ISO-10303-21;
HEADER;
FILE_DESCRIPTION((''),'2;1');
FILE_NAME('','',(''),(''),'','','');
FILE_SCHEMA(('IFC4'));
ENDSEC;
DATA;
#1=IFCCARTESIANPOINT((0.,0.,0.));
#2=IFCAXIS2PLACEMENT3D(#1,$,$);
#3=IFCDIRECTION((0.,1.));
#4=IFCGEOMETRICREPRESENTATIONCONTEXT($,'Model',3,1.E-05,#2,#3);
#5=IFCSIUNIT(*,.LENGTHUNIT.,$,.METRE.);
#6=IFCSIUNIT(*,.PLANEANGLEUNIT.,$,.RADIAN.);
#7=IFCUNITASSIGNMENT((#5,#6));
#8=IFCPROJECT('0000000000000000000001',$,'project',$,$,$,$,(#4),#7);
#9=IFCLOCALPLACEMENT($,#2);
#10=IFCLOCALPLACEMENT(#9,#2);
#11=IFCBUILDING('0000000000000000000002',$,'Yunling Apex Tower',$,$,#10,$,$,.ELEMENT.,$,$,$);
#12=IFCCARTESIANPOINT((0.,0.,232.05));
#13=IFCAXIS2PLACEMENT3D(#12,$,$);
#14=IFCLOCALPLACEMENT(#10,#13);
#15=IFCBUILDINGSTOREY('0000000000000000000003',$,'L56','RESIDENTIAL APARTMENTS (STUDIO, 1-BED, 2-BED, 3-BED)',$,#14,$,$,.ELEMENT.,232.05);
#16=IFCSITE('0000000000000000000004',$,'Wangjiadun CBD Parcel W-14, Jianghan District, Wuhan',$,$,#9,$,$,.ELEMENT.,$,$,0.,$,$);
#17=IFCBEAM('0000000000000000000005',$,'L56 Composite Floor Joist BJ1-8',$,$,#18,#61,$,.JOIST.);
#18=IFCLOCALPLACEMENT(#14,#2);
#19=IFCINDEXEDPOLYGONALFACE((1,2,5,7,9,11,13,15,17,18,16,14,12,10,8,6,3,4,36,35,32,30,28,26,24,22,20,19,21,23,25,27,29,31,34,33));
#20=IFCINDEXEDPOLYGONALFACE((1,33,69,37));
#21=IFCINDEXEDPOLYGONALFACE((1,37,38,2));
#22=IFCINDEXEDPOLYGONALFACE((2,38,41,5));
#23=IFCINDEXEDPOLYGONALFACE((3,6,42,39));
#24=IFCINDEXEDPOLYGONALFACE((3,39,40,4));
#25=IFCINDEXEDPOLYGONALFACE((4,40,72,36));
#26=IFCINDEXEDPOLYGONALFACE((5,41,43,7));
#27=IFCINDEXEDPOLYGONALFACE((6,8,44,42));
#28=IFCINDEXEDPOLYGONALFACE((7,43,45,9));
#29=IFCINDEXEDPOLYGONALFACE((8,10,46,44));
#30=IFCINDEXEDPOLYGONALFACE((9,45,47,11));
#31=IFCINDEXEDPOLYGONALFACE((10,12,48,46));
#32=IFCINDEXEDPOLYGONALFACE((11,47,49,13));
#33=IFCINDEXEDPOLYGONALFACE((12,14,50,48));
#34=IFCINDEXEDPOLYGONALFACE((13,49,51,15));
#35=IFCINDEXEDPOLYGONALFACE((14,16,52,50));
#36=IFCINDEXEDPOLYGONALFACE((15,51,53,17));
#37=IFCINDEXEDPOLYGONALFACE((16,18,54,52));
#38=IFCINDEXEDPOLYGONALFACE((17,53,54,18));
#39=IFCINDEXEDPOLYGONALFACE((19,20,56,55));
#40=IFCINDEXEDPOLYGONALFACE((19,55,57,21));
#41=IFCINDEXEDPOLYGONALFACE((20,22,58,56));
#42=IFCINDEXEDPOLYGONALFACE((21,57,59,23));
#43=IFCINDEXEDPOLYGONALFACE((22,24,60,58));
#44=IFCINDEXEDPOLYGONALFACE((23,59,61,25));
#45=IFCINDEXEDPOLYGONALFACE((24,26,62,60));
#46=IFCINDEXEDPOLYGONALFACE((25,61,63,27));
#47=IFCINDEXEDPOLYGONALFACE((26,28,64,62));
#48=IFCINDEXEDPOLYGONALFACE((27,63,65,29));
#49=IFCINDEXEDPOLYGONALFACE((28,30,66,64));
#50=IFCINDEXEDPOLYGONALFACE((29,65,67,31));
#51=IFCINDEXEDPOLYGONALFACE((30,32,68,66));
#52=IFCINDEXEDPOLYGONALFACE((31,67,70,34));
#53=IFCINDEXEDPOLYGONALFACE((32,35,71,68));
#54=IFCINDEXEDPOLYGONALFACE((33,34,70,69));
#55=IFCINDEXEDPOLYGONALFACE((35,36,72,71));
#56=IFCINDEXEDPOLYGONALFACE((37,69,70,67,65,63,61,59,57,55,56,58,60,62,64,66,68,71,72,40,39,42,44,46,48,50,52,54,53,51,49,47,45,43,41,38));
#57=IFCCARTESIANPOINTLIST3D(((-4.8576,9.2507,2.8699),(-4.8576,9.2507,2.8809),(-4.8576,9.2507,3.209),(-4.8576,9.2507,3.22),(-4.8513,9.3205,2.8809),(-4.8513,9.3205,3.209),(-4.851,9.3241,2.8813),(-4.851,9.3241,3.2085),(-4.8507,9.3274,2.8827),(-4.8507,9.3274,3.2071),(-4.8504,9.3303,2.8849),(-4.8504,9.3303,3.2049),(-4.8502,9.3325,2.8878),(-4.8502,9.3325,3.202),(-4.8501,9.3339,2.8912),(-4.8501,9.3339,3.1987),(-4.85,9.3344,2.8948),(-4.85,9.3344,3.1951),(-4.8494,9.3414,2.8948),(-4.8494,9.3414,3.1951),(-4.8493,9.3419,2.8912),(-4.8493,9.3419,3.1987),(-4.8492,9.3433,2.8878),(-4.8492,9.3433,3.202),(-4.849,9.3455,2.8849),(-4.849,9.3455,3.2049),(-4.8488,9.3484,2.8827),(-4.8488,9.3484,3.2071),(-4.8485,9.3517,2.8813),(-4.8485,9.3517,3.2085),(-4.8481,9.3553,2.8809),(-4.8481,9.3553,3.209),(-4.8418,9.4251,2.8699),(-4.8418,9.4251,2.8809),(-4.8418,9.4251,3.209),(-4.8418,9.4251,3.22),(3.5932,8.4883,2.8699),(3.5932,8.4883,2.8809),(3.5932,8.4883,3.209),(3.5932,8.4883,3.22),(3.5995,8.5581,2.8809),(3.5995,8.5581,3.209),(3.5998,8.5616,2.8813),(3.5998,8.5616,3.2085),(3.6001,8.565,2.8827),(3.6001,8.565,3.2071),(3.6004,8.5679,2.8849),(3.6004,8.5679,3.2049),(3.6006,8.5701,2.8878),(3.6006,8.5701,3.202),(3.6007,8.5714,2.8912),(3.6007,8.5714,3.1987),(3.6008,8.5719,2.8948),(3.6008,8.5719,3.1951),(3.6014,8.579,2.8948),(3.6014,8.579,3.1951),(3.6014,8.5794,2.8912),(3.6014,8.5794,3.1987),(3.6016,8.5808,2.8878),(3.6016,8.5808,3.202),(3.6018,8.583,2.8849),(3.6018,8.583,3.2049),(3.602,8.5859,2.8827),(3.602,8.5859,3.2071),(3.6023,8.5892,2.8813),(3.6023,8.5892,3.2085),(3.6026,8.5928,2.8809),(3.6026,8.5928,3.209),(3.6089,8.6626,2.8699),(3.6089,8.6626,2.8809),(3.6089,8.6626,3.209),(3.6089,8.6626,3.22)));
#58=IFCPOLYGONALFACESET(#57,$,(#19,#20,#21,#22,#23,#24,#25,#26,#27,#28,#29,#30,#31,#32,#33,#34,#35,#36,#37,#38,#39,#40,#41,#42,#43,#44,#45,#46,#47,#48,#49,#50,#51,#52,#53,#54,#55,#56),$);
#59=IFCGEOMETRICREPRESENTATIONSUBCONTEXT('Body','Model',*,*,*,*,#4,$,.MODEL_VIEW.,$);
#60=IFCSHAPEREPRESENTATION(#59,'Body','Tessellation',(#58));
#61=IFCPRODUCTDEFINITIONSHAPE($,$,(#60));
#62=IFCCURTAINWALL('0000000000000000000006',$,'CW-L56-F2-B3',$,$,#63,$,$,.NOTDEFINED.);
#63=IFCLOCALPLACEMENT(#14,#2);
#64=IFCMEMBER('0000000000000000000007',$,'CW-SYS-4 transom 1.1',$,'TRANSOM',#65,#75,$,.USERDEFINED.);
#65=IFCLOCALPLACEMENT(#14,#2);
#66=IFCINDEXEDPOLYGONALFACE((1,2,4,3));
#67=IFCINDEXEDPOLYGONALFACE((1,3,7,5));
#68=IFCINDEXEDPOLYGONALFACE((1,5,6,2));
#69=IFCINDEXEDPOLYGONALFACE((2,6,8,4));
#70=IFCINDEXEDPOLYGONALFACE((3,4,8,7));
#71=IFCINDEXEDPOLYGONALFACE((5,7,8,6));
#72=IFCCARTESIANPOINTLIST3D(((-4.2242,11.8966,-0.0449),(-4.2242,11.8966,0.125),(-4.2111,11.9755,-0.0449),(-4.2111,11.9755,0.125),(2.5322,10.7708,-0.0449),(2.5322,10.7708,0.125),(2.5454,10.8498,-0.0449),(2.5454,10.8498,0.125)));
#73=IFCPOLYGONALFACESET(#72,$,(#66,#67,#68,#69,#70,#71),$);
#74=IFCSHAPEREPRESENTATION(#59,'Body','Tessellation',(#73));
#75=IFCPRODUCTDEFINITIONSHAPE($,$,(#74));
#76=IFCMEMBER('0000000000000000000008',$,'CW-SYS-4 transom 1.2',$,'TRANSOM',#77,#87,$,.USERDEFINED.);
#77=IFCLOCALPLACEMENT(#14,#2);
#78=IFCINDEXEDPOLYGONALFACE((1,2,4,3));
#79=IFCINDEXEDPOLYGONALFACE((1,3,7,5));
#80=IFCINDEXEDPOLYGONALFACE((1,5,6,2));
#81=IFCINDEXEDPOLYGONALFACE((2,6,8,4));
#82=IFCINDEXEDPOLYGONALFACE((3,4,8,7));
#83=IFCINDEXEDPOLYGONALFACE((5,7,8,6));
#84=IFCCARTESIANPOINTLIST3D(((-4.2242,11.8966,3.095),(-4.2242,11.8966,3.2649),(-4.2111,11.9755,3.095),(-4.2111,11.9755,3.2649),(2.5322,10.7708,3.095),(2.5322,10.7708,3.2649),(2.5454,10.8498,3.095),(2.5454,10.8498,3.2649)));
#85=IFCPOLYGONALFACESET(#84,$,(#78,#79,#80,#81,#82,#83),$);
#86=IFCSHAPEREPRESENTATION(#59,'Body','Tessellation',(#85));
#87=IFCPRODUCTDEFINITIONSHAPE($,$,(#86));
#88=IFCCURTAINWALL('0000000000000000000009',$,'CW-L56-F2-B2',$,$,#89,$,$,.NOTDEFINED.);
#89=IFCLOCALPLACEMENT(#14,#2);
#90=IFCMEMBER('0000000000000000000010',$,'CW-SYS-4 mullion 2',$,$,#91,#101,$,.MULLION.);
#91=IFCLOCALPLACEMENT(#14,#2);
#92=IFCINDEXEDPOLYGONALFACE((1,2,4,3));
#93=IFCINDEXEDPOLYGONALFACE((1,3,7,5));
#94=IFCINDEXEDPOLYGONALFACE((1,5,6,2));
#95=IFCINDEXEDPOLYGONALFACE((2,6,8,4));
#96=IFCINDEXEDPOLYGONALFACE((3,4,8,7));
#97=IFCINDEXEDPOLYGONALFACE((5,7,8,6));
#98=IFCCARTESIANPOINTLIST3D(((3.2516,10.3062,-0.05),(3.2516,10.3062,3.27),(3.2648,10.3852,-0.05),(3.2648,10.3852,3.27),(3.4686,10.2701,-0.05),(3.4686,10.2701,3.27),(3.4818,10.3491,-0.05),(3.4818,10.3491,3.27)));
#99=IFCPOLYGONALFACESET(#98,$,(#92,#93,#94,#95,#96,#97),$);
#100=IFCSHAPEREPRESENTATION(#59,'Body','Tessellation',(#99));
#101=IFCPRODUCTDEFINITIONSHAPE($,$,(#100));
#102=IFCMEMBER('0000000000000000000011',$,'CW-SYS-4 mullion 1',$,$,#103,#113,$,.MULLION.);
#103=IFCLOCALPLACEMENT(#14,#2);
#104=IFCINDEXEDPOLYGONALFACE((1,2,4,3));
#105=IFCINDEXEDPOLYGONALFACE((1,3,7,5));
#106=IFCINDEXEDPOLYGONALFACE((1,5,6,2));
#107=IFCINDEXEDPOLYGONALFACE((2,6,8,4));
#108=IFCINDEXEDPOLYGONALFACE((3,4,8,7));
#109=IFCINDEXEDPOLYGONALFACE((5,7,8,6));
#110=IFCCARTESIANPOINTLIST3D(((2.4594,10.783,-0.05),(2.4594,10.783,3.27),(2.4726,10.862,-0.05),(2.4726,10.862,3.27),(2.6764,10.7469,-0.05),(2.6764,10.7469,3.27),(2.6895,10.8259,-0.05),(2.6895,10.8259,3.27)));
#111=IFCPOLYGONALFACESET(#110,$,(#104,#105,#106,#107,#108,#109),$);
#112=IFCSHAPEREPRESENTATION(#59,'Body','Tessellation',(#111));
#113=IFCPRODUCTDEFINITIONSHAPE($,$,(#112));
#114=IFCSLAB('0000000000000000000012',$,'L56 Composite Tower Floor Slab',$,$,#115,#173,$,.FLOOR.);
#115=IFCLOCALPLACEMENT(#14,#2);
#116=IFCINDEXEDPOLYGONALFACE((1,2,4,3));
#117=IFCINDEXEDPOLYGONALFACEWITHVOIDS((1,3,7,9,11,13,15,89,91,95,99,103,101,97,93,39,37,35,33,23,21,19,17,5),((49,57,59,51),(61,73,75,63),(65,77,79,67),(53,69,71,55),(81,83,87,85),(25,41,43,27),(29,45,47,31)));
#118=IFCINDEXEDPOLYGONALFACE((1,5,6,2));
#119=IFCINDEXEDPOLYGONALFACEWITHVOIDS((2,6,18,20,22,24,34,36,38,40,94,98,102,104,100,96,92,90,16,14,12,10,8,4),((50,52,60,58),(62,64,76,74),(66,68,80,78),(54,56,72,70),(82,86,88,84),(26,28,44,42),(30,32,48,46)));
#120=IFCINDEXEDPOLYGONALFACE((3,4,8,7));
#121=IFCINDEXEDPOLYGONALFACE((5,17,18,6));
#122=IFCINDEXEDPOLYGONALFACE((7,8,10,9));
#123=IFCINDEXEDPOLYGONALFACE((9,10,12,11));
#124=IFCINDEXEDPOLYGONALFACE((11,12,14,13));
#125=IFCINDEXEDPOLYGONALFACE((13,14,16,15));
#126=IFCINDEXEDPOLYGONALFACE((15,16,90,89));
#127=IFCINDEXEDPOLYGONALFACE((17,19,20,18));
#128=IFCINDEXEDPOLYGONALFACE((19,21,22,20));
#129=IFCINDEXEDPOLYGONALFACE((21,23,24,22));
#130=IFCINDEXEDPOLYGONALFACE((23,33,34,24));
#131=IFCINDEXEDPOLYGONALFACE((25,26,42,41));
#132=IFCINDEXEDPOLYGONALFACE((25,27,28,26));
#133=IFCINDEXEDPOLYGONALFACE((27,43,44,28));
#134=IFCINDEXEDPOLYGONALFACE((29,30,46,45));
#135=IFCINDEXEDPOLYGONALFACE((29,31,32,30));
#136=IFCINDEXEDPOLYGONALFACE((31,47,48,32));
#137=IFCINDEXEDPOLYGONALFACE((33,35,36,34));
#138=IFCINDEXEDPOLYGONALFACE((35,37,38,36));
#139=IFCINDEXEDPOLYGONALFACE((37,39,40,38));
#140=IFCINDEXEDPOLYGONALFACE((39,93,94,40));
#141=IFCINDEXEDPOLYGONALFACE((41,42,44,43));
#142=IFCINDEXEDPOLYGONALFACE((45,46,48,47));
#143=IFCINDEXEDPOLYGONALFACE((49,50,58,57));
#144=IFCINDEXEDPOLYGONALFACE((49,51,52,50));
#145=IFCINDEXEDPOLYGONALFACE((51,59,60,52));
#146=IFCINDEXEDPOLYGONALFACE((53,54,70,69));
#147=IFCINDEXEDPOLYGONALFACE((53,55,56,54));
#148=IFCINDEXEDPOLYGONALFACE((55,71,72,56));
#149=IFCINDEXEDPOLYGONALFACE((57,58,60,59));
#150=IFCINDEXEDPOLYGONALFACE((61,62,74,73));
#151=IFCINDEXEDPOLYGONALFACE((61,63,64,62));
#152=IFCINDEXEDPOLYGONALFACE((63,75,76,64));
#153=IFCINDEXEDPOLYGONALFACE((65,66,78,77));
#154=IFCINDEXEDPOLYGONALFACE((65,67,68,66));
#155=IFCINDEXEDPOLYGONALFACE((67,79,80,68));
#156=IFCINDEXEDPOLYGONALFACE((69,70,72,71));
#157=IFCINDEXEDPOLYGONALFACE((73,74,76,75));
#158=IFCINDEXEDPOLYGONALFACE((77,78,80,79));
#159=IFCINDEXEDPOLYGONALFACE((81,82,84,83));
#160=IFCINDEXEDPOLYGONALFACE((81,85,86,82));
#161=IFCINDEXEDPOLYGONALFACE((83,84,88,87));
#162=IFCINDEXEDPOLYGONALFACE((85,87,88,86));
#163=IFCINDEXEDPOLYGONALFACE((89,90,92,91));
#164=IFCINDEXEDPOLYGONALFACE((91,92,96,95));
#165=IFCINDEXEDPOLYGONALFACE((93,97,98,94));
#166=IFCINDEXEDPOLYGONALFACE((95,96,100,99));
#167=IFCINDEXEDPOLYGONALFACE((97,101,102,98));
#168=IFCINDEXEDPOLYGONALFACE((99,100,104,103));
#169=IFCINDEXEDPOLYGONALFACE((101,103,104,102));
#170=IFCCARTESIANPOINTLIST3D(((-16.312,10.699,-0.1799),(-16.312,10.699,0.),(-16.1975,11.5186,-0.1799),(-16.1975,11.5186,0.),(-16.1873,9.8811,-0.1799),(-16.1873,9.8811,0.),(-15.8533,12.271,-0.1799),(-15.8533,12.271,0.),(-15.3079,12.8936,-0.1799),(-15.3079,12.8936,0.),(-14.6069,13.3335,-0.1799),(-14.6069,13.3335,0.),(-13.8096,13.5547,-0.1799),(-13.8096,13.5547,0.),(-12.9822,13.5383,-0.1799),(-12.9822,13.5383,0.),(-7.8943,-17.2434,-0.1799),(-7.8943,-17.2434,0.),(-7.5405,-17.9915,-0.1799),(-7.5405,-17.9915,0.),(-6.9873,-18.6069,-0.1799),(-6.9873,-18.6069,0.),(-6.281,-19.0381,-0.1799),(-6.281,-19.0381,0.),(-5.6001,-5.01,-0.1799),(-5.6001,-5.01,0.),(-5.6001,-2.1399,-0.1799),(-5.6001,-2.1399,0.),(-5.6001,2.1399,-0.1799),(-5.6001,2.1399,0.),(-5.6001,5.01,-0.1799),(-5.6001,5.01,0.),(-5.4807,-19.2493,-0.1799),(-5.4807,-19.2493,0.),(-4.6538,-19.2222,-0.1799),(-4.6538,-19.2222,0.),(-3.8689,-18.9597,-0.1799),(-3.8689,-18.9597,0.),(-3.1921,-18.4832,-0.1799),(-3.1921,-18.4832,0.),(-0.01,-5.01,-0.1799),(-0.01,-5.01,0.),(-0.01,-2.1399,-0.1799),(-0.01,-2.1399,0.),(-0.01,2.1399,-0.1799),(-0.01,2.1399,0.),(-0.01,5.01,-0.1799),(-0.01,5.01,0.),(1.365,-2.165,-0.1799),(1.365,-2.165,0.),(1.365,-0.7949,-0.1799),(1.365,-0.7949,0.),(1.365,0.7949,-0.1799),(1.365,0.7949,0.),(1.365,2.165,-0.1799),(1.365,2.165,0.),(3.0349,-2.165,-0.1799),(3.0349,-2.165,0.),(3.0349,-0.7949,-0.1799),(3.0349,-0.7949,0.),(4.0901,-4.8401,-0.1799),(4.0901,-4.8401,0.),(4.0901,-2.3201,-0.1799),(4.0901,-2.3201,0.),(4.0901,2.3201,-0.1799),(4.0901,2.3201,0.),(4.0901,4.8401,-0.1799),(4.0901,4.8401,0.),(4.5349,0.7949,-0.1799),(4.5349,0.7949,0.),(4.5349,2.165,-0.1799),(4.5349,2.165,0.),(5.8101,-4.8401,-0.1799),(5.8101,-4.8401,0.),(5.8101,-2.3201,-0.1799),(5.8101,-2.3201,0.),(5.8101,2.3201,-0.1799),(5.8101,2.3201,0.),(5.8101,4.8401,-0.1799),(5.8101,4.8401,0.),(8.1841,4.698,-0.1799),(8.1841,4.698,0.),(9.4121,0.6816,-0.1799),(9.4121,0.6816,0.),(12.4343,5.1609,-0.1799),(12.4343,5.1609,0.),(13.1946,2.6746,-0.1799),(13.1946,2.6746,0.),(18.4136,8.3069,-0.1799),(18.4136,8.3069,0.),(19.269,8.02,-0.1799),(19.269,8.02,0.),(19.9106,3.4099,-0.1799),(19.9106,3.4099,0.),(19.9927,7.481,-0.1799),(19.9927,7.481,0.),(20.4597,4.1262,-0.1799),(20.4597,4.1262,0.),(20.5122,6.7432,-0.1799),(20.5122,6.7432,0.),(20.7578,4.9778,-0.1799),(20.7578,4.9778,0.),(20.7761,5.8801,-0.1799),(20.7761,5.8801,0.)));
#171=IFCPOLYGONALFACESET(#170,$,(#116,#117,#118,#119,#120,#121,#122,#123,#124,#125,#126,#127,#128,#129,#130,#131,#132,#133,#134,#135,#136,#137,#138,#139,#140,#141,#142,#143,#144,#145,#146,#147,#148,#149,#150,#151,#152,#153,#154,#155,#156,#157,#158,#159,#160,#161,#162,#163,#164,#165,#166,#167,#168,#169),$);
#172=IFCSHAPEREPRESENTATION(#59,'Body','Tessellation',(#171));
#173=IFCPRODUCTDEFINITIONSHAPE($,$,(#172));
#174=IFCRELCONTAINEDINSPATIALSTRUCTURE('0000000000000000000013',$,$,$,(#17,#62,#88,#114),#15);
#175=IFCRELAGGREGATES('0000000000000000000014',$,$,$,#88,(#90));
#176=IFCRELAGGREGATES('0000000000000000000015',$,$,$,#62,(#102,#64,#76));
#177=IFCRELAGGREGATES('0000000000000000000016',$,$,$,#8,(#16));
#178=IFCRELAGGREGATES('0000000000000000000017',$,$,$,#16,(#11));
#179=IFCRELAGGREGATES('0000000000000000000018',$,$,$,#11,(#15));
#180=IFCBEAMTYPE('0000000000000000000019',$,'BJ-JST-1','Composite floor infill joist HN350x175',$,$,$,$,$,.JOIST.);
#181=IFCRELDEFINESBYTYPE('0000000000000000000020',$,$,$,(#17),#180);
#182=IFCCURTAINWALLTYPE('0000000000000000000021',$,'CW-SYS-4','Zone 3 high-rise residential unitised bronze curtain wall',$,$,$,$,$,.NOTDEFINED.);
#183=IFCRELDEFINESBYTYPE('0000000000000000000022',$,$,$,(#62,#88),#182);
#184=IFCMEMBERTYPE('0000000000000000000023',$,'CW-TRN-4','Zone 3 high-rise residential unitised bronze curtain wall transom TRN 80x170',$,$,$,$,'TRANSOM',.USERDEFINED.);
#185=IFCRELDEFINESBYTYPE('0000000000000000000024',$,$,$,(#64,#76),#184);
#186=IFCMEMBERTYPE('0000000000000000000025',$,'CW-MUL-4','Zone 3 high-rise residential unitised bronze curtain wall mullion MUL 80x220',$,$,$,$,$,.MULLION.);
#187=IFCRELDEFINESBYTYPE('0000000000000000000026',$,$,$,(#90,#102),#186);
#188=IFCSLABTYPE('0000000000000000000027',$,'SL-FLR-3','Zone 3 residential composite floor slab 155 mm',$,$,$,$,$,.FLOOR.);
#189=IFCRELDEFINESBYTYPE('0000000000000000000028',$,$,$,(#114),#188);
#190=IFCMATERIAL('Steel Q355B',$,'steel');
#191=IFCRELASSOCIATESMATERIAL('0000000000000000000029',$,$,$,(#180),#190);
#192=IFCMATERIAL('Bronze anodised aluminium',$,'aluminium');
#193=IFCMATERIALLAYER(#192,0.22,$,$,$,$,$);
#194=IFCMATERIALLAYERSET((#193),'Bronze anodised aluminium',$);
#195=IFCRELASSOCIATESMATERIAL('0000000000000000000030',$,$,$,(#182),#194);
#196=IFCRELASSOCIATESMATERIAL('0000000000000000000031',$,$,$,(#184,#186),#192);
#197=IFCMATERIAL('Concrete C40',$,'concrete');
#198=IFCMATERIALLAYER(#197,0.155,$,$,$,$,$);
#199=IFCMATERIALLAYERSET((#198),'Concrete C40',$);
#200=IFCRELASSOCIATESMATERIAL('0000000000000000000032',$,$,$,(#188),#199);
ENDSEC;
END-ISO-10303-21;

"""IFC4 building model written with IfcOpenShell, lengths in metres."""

from ifc_helpers import new_model, si_unit, direction, frame, origin, origin_2d, place, context, subcontext, project, spatial, polyline, rectangle, i_section, outline, extrude, source, transform, mapped, material, layer, layer_set, material_profile, profile_set, type_object, element, aggregate, save


model = new_model("IFC4")

# Units and contexts
model_context = context("Model", 3, precision=1e-05, world=origin(), true_north=direction((0.0, 1.0)))
body_context = subcontext(model_context, "Body", "Model", "MODEL_VIEW")
ifc_project = project(units=[si_unit("LENGTHUNIT", "METRE"), si_unit("PLANEANGLEUNIT", "RADIAN")], contexts=[model_context])

# Site, building, storey
site_placement = place(None, origin())
site = spatial("IfcSite", under=ifc_project, at=site_placement, Name="Wangjiadun CBD Parcel W-14, Jianghan District, Wuhan", CompositionType="ELEMENT", RefElevation=0.0)
building_placement = place(site_placement, origin())
building = spatial("IfcBuilding", under=site, at=building_placement, Name="Yunling Apex Tower", CompositionType="ELEMENT")
storey_placement = place(building_placement, frame((0.0, 0.0, 232.05)))
storey = spatial("IfcBuildingStorey", under=building, at=storey_placement, Name="L56", Description="RESIDENTIAL APARTMENTS (STUDIO, 1-BED, 2-BED, 3-BED)", CompositionType="ELEMENT", Elevation=232.05)

# Beam
ifc_material_1 = material(Name="Steel Q355B", Category="steel")
ifc_material_profile_1 = material_profile(ifc_material_1, i_section(OverallWidth=0.175, OverallDepth=0.3501, WebThickness=0.0071, FlangeThickness=0.011, FilletRadius=0.0139, at=origin_2d()))
ifc_profile_set_1 = profile_set([ifc_material_profile_1], Name="Steel Q355B")
beam_type_1 = type_object("IfcBeamType", Name="BJ-JST-1", Description="Composite floor infill joist HN350x175", PredefinedType="JOIST", material=ifc_profile_set_1)
shared_shape_1 = source(origin(), body_context, "Body", "SweptSolid", [
    extrude(i_section(OverallWidth=0.175, OverallDepth=0.3501, WebThickness=0.0071, FlangeThickness=0.011, FilletRadius=0.0139, at=origin_2d()), origin(), (0.0, 0.0, 1.0), 8.4851),
])
beam_1_placement = place(storey_placement, frame((3.6011, 8.5754, 3.0449), z_axis=(-0.995955, 0.089859, 0.0), x_axis=(-0.089859, -0.995955, 0.0)))
element("IfcBeam", 1, at=beam_1_placement, inside=storey, type_object=beam_type_1, Name="L56 Composite Floor Joist BJ1-8", PredefinedType="JOIST", context=body_context, shape_type="MappedRepresentation", body=[
    mapped(shared_shape_1, transform((0.0, 0.0, 0.0), scale=1.0)),
])

# Curtain wall, members
ifc_material_2 = material(Name="Bronze anodised aluminium", Category="aluminium")
ifc_layer_1 = layer(ifc_material_2, 0.22)
ifc_layer_set_1 = layer_set([ifc_layer_1], Name="Bronze anodised aluminium")
curtain_wall_type = type_object("IfcCurtainWallType", Name="CW-SYS-4", Description="Zone 3 high-rise residential unitised bronze curtain wall", PredefinedType="NOTDEFINED", material=ifc_layer_set_1)
curtain_wall_1_placement = place(storey_placement, origin())
curtain_wall_1 = element("IfcCurtainWall", 2, at=curtain_wall_1_placement, inside=storey, type_object=curtain_wall_type, Name="CW-L56-F2-B3", PredefinedType="NOTDEFINED")
ifc_material_profile_2 = material_profile(ifc_material_2, rectangle(XDim=0.0801, YDim=0.1699, at=origin_2d()))
ifc_profile_set_2 = profile_set([ifc_material_profile_2], Name="Bronze anodised aluminium")
member_type_1 = type_object("IfcMemberType", Name="CW-TRN-4", Description="Zone 3 high-rise residential unitised bronze curtain wall transom TRN 80x170", ElementType="TRANSOM", PredefinedType="USERDEFINED", material=ifc_profile_set_2)
shared_shape_2 = source(origin(), body_context, "Body", "SweptSolid", [
    extrude(rectangle(XDim=0.0801, YDim=0.1699, at=origin_2d()), origin(), (0.0, 0.0, 1.0), 6.8496),
])
member_1_placement = place(storey_placement, frame((2.5388, 10.8103, 0.04), z_axis=(-0.986402, 0.164353, 0.0), x_axis=(-0.164353, -0.986402, 0.0)))
member_1 = element("IfcMember", 3, at=member_1_placement, type_object=member_type_1, Name="CW-SYS-4 transom 1.1", ObjectType="TRANSOM", PredefinedType="USERDEFINED", context=body_context, shape_type="MappedRepresentation", body=[
    mapped(shared_shape_2, transform((0.0, 0.0, 0.0), scale=1.0)),
])
member_2_placement = place(storey_placement, frame((2.5388, 10.8103, 3.1799), z_axis=(-0.986402, 0.164353, 0.0), x_axis=(-0.164353, -0.986402, 0.0)))
member_2 = element("IfcMember", 4, at=member_2_placement, type_object=member_type_1, Name="CW-SYS-4 transom 1.2", ObjectType="TRANSOM", PredefinedType="USERDEFINED", context=body_context, shape_type="MappedRepresentation", body=[
    mapped(shared_shape_2, transform((0.0, 0.0, 0.0), scale=1.0)),
])

# Curtain wall, member
curtain_wall_2_placement = place(storey_placement, origin())
curtain_wall_2 = element("IfcCurtainWall", 5, at=curtain_wall_2_placement, inside=storey, type_object=curtain_wall_type, Name="CW-L56-F2-B2", PredefinedType="NOTDEFINED")
ifc_material_profile_3 = material_profile(ifc_material_2, rectangle(XDim=0.0801, YDim=0.22, at=origin_2d()))
ifc_profile_set_3 = profile_set([ifc_material_profile_3], Name="Bronze anodised aluminium")
member_type_2 = type_object("IfcMemberType", Name="CW-MUL-4", Description="Zone 3 high-rise residential unitised bronze curtain wall mullion MUL 80x220", PredefinedType="MULLION", material=ifc_profile_set_3)
shared_shape_3 = source(origin(), body_context, "Body", "SweptSolid", [
    extrude(rectangle(XDim=0.0801, YDim=0.22, at=origin_2d()), origin(), (0.0, 0.0, 1.0), 3.3201),
])
member_3_placement = place(storey_placement, frame((3.3667, 10.3276, -0.05), z_axis=(0.0, 0.0, 1.0), x_axis=(-0.164371, -0.986399, 0.0)))
member_3 = element("IfcMember", 6, at=member_3_placement, type_object=member_type_2, Name="CW-SYS-4 mullion 2", PredefinedType="MULLION", context=body_context, shape_type="MappedRepresentation", body=[
    mapped(shared_shape_3, transform((0.0, 0.0, 0.0), scale=1.0)),
])

# Member
member_4_placement = place(storey_placement, frame((2.5745, 10.8044, -0.05), z_axis=(0.0, 0.0, 1.0), x_axis=(-0.164353, -0.986402, 0.0)))
member_4 = element("IfcMember", 7, at=member_4_placement, type_object=member_type_2, Name="CW-SYS-4 mullion 1", PredefinedType="MULLION", context=body_context, shape_type="MappedRepresentation", body=[
    mapped(shared_shape_3, transform((0.0, 0.0, 0.0), scale=1.0)),
])

# Slab
ifc_material_3 = material(Name="Concrete C40", Category="concrete")
ifc_layer_2 = layer(ifc_material_3, 0.155)
ifc_layer_set_2 = layer_set([ifc_layer_2], Name="Concrete C40")
slab_type_1 = type_object("IfcSlabType", Name="SL-FLR-3", Description="Zone 3 residential composite floor slab 155 mm", PredefinedType="FLOOR", material=ifc_layer_set_2)
slab_1_placement = place(storey_placement, frame((0.0, 0.0, -0.1799)))
element("IfcSlab", 8, at=slab_1_placement, inside=storey, type_object=slab_type_1, Name="L56 Composite Tower Floor Slab", PredefinedType="FLOOR", context=body_context, shape_type="SweptSolid", body=[
    extrude(outline(polyline([(-7.8943, -17.2434), (-7.5405, -17.9915), (-6.9873, -18.6069), (-6.281, -19.0381), (-5.4807, -19.2493), (-4.6538, -19.2222), (-3.8689, -18.9597), (-3.1921, -18.4832), (19.9106, 3.4099), (20.4597, 4.1262), (20.7578, 4.9778), (20.7761, 5.8801), (20.5122, 6.7432), (19.9927, 7.481), (19.269, 8.02), (18.4136, 8.3069), (-12.9822, 13.5383), (-13.8096, 13.5547), (-14.6069, 13.3335), (-15.3079, 12.8936), (-15.8533, 12.271), (-16.1975, 11.5186), (-16.312, 10.699), (-16.1873, 9.8811), (-7.8943, -17.2434)]), holes=[polyline([(8.1841, 4.698), (12.4343, 5.1609), (13.1946, 2.6746), (9.4121, 0.6816), (8.1841, 4.698)]), polyline([(4.0901, -2.3201), (5.8101, -2.3201), (5.8101, -4.8401), (4.0901, -4.8401), (4.0901, -2.3201)]), polyline([(4.0901, 4.8401), (5.8101, 4.8401), (5.8101, 2.3201), (4.0901, 2.3201), (4.0901, 4.8401)]), polyline([(1.365, 0.7949), (1.365, 2.165), (4.5349, 2.165), (4.5349, 0.7949), (1.365, 0.7949)]), polyline([(1.365, -0.7949), (3.0349, -0.7949), (3.0349, -2.165), (1.365, -2.165), (1.365, -0.7949)]), polyline([(-0.01, -5.01), (-5.6001, -5.01), (-5.6001, -2.1399), (-0.01, -2.1399), (-0.01, -5.01)]), polyline([(-0.01, 2.1399), (-5.6001, 2.1399), (-5.6001, 5.01), (-0.01, 5.01), (-0.01, 2.1399)])]), origin(), (0.0, 0.0, 1.0), 0.1799),
])

aggregate(curtain_wall_2, [member_3])
aggregate(curtain_wall_1, [member_4, member_1, member_2])

save(model, "model.ifc")
